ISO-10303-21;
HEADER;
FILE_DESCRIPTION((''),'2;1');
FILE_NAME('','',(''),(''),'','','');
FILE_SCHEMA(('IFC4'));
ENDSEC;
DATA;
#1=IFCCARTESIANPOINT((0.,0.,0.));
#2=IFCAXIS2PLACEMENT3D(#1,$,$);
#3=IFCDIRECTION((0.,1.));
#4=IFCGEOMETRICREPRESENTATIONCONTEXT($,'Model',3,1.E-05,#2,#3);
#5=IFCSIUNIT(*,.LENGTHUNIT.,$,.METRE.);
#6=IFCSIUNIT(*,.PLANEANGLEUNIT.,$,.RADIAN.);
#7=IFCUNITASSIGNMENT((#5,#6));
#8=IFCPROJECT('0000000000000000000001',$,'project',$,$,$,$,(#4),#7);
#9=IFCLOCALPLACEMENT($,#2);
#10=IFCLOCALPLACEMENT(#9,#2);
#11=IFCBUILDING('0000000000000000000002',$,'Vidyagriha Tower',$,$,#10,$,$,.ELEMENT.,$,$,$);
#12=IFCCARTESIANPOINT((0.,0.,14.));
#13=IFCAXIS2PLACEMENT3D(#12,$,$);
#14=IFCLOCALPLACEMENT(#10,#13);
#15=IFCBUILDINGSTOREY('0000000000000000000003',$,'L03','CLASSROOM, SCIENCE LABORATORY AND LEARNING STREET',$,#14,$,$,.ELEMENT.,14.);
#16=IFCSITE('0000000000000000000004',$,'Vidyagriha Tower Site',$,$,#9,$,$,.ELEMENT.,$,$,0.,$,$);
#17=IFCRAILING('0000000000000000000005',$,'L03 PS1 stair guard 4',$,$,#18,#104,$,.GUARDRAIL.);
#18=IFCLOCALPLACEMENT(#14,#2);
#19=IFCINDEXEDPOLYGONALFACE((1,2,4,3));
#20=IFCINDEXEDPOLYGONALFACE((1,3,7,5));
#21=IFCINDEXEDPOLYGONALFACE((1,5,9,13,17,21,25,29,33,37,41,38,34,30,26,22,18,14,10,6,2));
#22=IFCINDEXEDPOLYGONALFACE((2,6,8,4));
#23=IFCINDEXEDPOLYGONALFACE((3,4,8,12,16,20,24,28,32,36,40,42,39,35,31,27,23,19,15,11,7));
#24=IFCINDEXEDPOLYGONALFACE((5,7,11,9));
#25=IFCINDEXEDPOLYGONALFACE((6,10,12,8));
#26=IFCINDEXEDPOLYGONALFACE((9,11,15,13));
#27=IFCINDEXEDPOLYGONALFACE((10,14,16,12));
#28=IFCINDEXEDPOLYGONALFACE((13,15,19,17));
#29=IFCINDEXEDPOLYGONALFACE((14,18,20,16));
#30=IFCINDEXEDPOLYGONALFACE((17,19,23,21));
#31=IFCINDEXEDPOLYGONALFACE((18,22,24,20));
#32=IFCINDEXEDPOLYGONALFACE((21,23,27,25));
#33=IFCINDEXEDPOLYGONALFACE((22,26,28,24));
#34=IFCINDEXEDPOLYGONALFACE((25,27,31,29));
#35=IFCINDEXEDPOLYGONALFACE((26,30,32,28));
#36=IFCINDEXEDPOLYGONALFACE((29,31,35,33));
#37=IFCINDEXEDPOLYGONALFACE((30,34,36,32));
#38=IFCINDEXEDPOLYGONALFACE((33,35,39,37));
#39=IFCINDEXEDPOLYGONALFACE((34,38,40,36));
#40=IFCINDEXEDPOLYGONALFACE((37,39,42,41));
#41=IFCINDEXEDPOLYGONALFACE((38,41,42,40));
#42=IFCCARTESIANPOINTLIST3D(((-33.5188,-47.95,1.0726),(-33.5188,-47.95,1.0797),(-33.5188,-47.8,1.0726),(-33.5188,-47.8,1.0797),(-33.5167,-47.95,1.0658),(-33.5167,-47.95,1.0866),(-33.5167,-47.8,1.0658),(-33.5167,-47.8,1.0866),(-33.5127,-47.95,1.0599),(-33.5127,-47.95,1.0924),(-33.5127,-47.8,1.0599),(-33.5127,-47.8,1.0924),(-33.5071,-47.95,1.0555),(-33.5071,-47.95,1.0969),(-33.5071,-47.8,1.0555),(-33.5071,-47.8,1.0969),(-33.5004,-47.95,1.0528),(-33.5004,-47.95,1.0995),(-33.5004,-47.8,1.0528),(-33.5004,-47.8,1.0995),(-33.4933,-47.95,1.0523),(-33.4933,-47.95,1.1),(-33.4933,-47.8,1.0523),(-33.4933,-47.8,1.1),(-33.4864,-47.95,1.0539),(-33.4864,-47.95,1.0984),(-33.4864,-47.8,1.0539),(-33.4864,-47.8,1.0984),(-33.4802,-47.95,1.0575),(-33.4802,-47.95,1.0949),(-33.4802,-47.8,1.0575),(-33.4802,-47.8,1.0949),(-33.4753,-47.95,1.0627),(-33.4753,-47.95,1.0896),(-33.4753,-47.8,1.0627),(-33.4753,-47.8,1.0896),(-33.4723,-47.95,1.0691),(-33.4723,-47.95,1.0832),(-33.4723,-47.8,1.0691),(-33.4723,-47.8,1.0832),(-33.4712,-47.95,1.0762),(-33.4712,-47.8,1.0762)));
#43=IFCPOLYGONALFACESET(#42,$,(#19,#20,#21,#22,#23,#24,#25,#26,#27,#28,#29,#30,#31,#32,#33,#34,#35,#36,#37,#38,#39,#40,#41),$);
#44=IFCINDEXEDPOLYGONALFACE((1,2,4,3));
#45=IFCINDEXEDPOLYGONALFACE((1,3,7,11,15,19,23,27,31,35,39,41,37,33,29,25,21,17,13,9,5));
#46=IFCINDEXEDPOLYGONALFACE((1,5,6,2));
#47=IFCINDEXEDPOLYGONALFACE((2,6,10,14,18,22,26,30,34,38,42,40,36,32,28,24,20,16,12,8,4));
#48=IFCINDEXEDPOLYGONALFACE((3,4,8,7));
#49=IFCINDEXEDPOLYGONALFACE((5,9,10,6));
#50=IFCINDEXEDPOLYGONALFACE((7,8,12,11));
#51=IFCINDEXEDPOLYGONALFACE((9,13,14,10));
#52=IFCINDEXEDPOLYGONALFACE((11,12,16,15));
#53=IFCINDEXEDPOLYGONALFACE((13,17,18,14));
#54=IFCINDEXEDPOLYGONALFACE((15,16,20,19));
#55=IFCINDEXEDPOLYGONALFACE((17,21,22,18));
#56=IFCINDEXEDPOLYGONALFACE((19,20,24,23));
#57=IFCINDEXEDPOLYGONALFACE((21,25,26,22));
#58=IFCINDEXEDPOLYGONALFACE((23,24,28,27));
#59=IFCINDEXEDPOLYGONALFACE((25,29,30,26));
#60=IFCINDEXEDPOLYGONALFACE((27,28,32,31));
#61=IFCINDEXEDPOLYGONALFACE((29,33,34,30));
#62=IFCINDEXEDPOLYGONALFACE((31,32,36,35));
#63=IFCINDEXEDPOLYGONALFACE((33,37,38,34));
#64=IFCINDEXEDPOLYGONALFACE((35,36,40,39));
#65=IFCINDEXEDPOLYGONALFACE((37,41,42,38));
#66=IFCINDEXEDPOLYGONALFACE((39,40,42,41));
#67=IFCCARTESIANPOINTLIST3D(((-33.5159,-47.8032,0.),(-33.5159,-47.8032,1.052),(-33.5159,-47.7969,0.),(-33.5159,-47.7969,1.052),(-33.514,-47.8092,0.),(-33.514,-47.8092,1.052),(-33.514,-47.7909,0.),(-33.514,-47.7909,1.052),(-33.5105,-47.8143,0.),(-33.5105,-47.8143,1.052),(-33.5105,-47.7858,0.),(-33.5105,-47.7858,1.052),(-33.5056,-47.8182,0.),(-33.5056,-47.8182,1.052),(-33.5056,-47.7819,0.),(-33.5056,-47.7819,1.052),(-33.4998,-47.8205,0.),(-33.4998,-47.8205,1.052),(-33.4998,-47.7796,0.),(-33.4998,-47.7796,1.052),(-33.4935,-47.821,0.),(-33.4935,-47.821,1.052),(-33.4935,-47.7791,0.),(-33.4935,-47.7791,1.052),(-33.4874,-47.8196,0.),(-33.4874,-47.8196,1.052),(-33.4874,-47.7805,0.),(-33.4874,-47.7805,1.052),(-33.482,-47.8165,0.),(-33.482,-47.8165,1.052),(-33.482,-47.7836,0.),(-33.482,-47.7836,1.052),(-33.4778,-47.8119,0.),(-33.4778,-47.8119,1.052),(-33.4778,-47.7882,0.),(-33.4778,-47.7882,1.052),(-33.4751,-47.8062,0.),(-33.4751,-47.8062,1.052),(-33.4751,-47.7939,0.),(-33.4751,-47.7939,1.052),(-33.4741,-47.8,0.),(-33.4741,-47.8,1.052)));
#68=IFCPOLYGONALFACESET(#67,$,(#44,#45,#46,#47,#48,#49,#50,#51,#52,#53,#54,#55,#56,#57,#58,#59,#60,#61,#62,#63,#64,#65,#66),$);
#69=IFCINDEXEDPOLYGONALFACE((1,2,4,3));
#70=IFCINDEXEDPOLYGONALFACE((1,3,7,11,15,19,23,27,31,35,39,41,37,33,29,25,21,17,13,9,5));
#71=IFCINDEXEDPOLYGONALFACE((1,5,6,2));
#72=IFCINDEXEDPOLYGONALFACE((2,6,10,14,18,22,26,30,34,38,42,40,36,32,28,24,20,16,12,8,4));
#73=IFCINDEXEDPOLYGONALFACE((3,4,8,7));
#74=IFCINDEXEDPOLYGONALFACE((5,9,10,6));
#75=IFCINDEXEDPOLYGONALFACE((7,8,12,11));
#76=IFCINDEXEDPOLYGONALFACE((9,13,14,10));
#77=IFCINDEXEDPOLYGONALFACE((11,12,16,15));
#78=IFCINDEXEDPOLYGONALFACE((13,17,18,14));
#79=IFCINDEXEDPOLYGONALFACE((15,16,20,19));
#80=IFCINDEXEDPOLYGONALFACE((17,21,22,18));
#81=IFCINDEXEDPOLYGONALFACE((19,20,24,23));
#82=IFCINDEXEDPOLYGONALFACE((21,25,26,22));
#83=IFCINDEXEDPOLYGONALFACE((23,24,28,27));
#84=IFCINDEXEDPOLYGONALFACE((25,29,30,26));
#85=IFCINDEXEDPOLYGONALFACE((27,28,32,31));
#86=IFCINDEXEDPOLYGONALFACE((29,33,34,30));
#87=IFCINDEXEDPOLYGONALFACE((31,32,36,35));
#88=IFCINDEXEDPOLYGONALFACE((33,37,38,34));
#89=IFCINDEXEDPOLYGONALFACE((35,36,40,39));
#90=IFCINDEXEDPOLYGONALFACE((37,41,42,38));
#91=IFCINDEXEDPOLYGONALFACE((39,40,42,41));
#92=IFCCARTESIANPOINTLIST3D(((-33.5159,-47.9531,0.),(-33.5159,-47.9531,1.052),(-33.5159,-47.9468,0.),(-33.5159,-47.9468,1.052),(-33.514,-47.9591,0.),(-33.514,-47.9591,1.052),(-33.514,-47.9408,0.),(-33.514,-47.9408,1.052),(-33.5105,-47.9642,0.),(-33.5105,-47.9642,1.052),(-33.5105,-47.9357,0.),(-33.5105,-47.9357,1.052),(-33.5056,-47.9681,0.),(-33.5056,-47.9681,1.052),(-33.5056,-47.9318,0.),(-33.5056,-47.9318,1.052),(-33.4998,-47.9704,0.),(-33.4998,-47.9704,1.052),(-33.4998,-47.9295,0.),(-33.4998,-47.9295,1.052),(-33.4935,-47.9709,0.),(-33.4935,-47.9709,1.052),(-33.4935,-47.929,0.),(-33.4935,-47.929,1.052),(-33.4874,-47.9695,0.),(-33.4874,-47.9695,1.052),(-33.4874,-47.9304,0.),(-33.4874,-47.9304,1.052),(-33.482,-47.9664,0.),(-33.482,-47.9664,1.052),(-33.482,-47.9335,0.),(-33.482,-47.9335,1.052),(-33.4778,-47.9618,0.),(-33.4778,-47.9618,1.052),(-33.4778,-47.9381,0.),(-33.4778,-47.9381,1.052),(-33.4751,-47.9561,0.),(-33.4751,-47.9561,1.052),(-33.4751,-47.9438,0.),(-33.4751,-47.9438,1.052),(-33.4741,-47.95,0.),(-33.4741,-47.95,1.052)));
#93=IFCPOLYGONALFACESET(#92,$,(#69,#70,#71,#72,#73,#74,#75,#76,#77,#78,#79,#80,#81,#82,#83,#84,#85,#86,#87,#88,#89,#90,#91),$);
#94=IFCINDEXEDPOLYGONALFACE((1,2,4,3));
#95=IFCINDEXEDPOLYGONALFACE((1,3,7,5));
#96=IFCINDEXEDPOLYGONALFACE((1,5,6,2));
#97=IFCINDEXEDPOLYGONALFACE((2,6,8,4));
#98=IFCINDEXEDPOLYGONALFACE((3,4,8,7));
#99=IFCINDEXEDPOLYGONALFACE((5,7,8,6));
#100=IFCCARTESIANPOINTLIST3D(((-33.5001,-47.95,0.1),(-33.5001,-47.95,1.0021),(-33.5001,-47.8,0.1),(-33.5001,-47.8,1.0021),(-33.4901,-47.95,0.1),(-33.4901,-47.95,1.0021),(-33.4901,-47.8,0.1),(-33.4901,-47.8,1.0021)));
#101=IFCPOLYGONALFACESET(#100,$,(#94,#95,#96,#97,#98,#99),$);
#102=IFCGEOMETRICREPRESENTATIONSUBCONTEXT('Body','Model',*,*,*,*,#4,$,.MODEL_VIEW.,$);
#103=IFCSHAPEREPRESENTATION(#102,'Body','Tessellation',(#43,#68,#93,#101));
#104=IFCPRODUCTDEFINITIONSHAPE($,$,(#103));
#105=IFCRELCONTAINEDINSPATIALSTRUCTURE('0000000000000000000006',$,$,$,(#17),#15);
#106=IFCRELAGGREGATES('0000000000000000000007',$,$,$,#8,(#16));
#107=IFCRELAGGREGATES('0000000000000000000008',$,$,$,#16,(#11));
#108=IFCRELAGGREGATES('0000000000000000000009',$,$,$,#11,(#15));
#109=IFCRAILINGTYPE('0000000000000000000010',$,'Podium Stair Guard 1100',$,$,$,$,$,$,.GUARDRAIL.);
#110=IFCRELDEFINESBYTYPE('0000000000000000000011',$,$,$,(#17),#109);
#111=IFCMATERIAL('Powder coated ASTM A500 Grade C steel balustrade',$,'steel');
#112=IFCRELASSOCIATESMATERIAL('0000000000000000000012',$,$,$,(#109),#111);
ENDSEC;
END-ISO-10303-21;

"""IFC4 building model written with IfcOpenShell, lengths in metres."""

from ifc_helpers import new_model, si_unit, direction, frame, origin, origin_2d, place, context, subcontext, project, spatial, rectangle, circle, extrude, material, type_object, element, save


model = new_model("IFC4")

# Units and contexts
model_context = context("Model", 3, precision=1e-05, world=origin(), true_north=direction((0.0, 1.0)))
body_context = subcontext(model_context, "Body", "Model", "MODEL_VIEW")
ifc_project = project(units=[si_unit("LENGTHUNIT", "METRE"), si_unit("PLANEANGLEUNIT", "RADIAN")], contexts=[model_context])

# Site, building, storey
site_placement = place(None, origin())
site = spatial("IfcSite", under=ifc_project, at=site_placement, Name="Vidyagriha Tower Site", CompositionType="ELEMENT", RefElevation=0.0)
building_placement = place(site_placement, origin())
building = spatial("IfcBuilding", under=site, at=building_placement, Name="Vidyagriha Tower", CompositionType="ELEMENT")
storey_placement = place(building_placement, frame((0.0, 0.0, 14.0)))
storey = spatial("IfcBuildingStorey", under=building, at=storey_placement, Name="L03", Description="CLASSROOM, SCIENCE LABORATORY AND LEARNING STREET", CompositionType="ELEMENT", Elevation=14.0)

# Railing
ifc_material_1 = material(Name="Powder coated ASTM A500 Grade C steel balustrade", Category="steel")
railing_type_1 = type_object("IfcRailingType", Name="Podium Stair Guard 1100", PredefinedType="GUARDRAIL", material=ifc_material_1)
railing_1_placement = place(storey_placement, frame((-33.4951, -47.8, 0.0)))
element("IfcRailing", 1, at=railing_1_placement, inside=storey, type_object=railing_type_1, Name="L03 PS1 stair guard 4", PredefinedType="GUARDRAIL", context=body_context, shape_type="SweptSolid", body=[
    extrude(circle(Radius=0.0239, at=origin_2d()), frame((0.0, 0.0, 1.0762), z_axis=(0.0, -1.0, 0.0), x_axis=(1.0, 0.0, 0.0)), (0.0, 0.0, 1.0), 0.1499),
    extrude(circle(Radius=0.021, at=origin_2d()), origin(), (0.0, 0.0, 1.0), 1.052),
    extrude(circle(Radius=0.021, at=origin_2d()), frame((0.0, -0.1499, 0.0)), (0.0, 0.0, 1.0), 1.052),
    extrude(rectangle(XDim=0.01, YDim=0.9021, at=origin_2d()), frame((0.0, 0.0, 0.551), z_axis=(0.0, -1.0, 0.0), x_axis=(1.0, 0.0, 0.0)), (0.0, 0.0, 1.0), 0.1499),
])

save(model, "model.ifc")
